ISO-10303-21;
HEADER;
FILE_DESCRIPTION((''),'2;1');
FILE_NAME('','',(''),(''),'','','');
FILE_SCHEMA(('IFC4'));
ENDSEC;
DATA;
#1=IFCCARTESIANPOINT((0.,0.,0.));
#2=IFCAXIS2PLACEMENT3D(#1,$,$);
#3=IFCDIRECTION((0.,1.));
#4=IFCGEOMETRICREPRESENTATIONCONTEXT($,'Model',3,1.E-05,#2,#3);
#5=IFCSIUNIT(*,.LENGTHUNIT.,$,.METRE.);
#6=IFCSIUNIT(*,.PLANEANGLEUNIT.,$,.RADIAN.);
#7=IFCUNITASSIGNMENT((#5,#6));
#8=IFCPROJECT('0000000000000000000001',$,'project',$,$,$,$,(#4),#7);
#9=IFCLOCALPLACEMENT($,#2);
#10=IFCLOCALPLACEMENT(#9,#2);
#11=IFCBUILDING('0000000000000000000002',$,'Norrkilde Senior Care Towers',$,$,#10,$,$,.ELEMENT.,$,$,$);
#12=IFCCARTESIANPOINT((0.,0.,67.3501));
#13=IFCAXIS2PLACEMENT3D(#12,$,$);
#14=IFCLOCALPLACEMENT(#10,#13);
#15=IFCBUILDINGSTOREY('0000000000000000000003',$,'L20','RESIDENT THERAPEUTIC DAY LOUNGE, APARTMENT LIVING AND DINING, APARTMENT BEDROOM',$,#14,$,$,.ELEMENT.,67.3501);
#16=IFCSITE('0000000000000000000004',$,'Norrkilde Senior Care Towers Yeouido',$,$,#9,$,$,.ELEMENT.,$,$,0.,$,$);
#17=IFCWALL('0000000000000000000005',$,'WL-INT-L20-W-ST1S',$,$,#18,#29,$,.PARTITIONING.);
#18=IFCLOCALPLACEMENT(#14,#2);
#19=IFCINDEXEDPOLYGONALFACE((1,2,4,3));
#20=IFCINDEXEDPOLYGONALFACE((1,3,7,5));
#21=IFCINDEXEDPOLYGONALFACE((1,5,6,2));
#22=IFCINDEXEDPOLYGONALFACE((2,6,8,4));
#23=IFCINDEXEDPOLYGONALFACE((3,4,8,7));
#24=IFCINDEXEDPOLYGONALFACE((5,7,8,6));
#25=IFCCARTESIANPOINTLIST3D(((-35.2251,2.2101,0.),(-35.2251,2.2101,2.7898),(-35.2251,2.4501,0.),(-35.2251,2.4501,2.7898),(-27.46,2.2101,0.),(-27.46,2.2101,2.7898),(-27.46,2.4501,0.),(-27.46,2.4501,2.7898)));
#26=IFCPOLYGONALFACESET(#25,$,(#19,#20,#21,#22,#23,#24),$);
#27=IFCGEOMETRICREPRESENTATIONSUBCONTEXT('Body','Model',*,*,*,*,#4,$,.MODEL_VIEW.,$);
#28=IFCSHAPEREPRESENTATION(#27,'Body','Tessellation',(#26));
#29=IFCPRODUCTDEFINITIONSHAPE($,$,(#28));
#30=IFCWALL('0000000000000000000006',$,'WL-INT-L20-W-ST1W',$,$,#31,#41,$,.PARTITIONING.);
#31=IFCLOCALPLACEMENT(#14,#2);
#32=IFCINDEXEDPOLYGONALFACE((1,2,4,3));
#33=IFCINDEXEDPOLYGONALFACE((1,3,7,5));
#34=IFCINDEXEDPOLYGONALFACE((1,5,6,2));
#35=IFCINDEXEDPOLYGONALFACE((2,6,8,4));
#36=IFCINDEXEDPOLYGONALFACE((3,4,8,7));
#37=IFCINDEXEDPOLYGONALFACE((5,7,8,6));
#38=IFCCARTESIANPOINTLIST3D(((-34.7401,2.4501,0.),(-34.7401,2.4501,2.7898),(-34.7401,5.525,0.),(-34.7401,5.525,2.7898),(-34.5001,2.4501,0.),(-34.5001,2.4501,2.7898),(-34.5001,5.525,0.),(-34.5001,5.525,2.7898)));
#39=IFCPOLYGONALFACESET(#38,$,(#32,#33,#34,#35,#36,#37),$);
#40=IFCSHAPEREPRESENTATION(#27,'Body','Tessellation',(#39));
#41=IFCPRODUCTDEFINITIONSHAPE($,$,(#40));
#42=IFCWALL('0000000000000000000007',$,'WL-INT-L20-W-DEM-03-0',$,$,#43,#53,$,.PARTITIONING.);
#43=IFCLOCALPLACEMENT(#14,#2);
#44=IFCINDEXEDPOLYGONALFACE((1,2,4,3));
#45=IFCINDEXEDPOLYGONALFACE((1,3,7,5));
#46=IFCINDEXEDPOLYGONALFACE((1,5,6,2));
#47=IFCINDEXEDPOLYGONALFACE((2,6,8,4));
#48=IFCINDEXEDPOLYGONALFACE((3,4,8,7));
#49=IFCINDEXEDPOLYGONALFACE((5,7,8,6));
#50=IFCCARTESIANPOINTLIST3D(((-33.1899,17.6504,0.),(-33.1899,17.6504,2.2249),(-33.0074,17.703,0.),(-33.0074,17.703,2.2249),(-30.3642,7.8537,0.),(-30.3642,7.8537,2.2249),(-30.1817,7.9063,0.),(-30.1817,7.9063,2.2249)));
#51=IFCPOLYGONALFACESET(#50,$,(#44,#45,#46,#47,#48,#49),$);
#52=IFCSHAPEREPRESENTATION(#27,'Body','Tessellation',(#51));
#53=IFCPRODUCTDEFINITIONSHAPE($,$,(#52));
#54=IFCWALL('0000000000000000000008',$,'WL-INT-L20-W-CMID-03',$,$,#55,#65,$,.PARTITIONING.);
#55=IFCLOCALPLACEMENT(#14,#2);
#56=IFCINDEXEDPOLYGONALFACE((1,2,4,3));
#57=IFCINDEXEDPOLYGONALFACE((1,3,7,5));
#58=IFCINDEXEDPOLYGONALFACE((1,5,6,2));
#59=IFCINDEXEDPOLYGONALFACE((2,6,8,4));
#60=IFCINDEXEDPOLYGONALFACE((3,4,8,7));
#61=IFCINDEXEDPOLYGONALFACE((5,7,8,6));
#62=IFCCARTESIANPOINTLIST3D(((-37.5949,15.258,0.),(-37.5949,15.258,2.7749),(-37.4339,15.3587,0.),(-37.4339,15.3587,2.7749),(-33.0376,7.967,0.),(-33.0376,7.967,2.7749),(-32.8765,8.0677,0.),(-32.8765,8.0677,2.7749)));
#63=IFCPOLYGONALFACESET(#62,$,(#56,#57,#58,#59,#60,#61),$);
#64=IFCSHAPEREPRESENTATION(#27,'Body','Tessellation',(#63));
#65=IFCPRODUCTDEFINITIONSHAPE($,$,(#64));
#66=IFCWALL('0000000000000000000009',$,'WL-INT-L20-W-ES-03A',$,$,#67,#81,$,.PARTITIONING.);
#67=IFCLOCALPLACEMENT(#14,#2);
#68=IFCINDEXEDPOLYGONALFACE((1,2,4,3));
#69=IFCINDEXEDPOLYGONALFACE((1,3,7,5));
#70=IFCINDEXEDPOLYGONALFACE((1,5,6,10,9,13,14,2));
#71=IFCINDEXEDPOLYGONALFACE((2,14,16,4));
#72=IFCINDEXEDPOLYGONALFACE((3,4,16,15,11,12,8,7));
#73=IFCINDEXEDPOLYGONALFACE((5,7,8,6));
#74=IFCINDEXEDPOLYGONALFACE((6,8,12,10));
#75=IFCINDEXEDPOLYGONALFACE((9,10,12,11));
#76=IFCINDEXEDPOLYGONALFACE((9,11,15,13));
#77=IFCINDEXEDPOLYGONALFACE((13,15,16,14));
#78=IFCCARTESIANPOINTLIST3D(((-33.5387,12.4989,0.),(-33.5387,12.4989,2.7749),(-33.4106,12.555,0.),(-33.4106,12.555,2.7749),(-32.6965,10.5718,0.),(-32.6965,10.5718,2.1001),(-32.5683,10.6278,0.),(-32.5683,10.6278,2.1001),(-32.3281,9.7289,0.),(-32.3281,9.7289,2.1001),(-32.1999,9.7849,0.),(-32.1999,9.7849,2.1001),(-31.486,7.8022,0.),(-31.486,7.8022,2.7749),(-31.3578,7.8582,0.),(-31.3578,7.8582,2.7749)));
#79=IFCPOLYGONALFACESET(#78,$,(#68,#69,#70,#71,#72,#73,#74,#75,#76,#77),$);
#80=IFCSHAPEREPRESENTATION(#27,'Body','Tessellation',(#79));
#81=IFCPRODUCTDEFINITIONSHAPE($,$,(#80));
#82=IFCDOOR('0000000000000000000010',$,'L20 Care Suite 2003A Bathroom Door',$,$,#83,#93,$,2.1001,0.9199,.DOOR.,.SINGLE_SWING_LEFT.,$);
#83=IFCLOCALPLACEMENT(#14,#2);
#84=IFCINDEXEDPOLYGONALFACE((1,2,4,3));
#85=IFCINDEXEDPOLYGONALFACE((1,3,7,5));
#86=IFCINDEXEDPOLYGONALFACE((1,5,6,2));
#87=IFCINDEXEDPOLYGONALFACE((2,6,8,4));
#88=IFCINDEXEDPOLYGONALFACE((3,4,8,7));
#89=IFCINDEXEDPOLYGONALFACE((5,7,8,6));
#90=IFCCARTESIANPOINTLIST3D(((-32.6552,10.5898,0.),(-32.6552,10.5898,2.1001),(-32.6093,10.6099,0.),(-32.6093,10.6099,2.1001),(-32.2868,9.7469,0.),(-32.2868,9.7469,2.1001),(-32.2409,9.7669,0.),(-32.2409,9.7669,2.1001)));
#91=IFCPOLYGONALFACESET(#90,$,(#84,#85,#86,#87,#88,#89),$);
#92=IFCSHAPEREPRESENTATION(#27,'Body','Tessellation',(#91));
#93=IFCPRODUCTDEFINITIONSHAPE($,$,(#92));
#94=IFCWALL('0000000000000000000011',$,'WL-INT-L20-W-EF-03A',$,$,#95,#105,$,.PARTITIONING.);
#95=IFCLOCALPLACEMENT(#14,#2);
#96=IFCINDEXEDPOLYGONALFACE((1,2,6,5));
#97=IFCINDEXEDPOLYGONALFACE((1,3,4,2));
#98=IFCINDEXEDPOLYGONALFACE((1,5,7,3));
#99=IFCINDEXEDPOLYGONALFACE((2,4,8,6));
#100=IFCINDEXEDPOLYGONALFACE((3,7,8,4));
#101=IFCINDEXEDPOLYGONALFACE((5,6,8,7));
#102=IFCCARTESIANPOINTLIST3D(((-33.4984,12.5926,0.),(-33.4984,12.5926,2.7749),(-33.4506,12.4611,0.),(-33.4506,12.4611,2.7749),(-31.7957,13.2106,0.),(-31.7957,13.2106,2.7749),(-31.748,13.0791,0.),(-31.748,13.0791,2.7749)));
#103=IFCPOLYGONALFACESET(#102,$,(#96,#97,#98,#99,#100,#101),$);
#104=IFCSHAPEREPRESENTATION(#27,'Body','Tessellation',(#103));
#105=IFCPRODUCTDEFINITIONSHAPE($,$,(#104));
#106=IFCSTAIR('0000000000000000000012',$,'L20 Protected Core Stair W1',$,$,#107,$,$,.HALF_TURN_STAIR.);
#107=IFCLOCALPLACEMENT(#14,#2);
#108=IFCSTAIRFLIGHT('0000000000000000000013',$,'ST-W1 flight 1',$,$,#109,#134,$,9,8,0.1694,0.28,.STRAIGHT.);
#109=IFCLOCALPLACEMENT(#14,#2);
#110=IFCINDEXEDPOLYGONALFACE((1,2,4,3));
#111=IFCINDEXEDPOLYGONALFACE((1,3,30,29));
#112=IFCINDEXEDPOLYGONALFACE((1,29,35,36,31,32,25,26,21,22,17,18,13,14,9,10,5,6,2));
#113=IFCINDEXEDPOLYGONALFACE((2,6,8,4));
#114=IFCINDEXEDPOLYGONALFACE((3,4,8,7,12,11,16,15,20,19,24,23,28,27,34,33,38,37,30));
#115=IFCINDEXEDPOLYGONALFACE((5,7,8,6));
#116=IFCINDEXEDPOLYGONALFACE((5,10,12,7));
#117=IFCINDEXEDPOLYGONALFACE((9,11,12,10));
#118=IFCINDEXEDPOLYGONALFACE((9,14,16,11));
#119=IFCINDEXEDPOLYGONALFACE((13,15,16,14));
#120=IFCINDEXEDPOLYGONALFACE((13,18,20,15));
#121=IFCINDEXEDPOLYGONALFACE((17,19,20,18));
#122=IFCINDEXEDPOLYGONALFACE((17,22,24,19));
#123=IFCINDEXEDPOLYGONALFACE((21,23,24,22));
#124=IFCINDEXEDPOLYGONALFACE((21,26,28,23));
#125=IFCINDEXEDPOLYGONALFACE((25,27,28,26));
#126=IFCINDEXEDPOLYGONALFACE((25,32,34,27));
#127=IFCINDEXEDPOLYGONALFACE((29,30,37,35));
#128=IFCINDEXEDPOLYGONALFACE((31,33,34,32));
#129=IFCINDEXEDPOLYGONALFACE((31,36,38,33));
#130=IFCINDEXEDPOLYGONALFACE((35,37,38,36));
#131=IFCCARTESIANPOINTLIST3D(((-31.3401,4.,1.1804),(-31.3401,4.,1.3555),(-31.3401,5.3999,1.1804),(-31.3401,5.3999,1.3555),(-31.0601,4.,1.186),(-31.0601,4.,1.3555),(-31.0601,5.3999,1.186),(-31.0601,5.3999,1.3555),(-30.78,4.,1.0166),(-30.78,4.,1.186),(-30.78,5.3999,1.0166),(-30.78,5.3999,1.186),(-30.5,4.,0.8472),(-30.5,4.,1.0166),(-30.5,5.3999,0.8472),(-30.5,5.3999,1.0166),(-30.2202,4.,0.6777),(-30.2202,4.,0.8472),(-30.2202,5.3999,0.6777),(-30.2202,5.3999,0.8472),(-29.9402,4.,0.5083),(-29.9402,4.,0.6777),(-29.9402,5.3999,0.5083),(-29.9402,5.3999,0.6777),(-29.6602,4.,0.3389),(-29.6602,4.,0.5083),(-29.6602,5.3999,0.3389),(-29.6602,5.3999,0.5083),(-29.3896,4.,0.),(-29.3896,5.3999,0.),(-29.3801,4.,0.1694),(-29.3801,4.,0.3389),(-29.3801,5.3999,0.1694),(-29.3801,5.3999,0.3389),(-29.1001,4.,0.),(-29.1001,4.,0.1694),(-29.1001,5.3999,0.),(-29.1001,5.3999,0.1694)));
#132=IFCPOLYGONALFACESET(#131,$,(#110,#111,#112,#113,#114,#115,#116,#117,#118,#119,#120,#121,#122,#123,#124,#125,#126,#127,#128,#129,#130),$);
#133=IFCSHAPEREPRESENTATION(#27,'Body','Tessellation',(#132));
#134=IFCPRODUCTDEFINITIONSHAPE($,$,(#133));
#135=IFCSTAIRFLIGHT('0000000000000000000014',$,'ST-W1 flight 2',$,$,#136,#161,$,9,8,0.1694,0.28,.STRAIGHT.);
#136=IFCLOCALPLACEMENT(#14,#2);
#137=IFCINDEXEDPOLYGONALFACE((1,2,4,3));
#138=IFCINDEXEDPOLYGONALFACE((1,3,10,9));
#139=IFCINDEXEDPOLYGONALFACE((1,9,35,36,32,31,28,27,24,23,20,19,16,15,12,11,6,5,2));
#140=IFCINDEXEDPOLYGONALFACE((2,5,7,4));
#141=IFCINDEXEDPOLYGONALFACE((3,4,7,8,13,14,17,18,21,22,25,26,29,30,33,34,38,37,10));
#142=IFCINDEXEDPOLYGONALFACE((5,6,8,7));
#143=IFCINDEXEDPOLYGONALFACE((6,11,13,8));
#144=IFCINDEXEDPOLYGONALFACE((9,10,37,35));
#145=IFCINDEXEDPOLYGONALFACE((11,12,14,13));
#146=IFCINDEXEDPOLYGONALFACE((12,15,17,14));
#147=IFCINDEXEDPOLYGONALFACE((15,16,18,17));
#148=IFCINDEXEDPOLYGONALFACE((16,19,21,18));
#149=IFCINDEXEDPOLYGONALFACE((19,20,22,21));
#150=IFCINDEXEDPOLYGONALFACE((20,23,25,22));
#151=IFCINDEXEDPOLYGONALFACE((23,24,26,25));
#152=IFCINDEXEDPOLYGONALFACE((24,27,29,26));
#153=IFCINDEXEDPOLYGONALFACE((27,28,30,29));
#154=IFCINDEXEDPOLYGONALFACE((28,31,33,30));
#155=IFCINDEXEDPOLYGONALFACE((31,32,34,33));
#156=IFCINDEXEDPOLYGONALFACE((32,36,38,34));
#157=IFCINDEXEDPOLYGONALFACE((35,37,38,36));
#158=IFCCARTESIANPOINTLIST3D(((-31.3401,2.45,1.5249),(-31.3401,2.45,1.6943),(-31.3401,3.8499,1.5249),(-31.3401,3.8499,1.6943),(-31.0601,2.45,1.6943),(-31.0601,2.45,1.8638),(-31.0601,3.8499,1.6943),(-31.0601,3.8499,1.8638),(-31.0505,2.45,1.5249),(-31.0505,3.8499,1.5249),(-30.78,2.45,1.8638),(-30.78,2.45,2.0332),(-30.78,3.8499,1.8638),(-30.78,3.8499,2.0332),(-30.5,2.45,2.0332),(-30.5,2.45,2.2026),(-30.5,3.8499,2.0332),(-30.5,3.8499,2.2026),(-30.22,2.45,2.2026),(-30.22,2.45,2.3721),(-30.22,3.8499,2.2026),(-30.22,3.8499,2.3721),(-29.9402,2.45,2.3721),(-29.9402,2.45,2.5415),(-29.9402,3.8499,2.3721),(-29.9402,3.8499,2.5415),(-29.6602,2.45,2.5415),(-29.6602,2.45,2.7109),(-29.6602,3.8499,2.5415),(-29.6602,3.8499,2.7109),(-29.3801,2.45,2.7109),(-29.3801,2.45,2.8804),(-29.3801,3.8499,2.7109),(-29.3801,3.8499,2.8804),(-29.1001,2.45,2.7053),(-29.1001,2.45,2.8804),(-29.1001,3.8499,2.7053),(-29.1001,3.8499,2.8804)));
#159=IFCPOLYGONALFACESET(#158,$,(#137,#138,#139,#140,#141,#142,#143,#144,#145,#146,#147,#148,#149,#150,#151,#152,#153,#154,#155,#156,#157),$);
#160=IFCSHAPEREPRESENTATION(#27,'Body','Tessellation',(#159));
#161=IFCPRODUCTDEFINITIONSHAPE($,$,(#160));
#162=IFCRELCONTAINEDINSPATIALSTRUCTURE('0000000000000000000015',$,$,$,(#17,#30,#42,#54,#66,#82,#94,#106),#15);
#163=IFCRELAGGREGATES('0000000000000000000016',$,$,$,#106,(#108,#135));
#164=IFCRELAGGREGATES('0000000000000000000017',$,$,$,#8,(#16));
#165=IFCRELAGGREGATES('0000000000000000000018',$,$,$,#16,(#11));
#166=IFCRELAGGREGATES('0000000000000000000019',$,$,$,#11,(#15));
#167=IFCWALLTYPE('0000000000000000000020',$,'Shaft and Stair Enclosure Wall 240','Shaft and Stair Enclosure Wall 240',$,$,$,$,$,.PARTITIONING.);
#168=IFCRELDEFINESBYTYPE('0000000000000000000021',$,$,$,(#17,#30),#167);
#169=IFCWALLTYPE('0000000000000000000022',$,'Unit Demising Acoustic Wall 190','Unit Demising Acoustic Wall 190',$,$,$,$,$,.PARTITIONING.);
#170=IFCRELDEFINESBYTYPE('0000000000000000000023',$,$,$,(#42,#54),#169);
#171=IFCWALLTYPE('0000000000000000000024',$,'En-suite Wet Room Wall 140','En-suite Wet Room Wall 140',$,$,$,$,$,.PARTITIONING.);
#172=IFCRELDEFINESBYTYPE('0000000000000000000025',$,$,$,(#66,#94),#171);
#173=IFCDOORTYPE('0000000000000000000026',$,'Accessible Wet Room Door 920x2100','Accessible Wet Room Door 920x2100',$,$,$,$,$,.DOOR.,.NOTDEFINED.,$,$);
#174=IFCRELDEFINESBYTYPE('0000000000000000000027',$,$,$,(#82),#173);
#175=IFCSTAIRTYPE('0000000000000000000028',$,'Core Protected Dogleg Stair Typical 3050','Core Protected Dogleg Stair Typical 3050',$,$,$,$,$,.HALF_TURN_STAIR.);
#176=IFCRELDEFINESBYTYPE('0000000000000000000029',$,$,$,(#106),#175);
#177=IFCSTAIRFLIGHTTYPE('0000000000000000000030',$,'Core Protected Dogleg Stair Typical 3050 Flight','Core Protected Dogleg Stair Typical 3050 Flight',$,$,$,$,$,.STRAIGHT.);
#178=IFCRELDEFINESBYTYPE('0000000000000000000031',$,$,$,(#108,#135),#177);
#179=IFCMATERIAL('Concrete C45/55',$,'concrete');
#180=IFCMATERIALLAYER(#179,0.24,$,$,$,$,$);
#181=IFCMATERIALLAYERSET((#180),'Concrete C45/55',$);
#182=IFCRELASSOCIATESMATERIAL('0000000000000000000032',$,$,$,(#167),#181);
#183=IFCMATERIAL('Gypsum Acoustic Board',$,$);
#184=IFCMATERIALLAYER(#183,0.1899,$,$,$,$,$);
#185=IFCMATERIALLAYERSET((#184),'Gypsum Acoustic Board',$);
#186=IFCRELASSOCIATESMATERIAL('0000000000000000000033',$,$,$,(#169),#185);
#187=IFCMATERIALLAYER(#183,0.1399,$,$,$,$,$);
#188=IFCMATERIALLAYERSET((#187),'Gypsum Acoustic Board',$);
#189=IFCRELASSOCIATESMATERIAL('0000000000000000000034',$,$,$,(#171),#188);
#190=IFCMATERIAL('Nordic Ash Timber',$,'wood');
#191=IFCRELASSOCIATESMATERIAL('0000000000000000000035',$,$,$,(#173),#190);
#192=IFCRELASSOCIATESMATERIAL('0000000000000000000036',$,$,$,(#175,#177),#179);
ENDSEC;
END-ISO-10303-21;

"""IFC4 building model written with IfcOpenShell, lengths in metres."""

from ifc_helpers import new_model, si_unit, direction, frame, frame_2d, origin, place, context, subcontext, project, spatial, polyline, rectangle, outline, extrude, source, transform, mapped, material, layer, layer_set, type_object, type_shapes, element, fill, aggregate, save


model = new_model("IFC4")

# Units and contexts
model_context = context("Model", 3, precision=1e-05, world=origin(), true_north=direction((0.0, 1.0)))
body_context = subcontext(model_context, "Body", "Model", "MODEL_VIEW")
ifc_project = project(units=[si_unit("LENGTHUNIT", "METRE"), si_unit("PLANEANGLEUNIT", "RADIAN")], contexts=[model_context])

# Site, building, storey
site_placement = place(None, origin())
site = spatial("IfcSite", under=ifc_project, at=site_placement, Name="Norrkilde Senior Care Towers Yeouido", CompositionType="ELEMENT", RefElevation=0.0)
building_placement = place(site_placement, origin())
building = spatial("IfcBuilding", under=site, at=building_placement, Name="Norrkilde Senior Care Towers", CompositionType="ELEMENT")
storey_placement = place(building_placement, frame((0.0, 0.0, 67.3501)))
storey = spatial("IfcBuildingStorey", under=building, at=storey_placement, Name="L20", Description="RESIDENT THERAPEUTIC DAY LOUNGE, APARTMENT LIVING AND DINING, APARTMENT BEDROOM", CompositionType="ELEMENT", Elevation=67.3501)

# Walls
ifc_material_1 = material(Name="Concrete C45/55", Category="concrete")
ifc_layer_1 = layer(ifc_material_1, 0.24)
ifc_layer_set_1 = layer_set([ifc_layer_1], Name="Concrete C45/55")
wall_type_1 = type_object("IfcWallType", Name="Shaft and Stair Enclosure Wall 240", Description="Shaft and Stair Enclosure Wall 240", PredefinedType="PARTITIONING", material=ifc_layer_set_1)
shared_shape_1 = source(origin(), body_context, "Body", "SweptSolid", [
    extrude(rectangle(XDim=7.7651, YDim=0.24, at=frame_2d((3.8826, 0.0))), origin(), (0.0, 0.0, 1.0), 2.7898),
])
wall_1_placement = place(storey_placement, frame((-35.2251, 2.3301, 0.0), z_axis=(0.0, 0.0, 1.0), x_axis=(1.0, 0.0, 0.0)))
element("IfcWall", 1, at=wall_1_placement, inside=storey, type_object=wall_type_1, Name="WL-INT-L20-W-ST1S", PredefinedType="PARTITIONING", context=body_context, shape_type="MappedRepresentation", body=[
    mapped(shared_shape_1, transform((0.0, 0.0, 0.0), x_axis=(1.0, 0.0, 0.0), y_axis=(0.0, 1.0, 0.0), z_axis=(0.0, 0.0, 1.0), scale=1.0)),
])
shared_shape_2 = source(origin(), body_context, "Body", "SweptSolid", [
    extrude(rectangle(XDim=3.075, YDim=0.24, at=frame_2d((1.5376, 0.0))), origin(), (0.0, 0.0, 1.0), 2.7898),
])
type_shapes(wall_type_1, [shared_shape_1, shared_shape_2])
wall_2_placement = place(storey_placement, frame((-34.6201, 2.45, 0.0), z_axis=(0.0, 0.0, 1.0), x_axis=(0.0, 1.0, 0.0)))
element("IfcWall", 2, at=wall_2_placement, inside=storey, type_object=wall_type_1, Name="WL-INT-L20-W-ST1W", PredefinedType="PARTITIONING", context=body_context, shape_type="MappedRepresentation", body=[
    mapped(shared_shape_2, transform((0.0, 0.0, 0.0), x_axis=(1.0, 0.0, 0.0), y_axis=(0.0, 1.0, 0.0), z_axis=(0.0, 0.0, 1.0), scale=1.0)),
])
ifc_material_2 = material(Name="Gypsum Acoustic Board")
ifc_layer_2 = layer(ifc_material_2, 0.1899)
ifc_layer_set_2 = layer_set([ifc_layer_2], Name="Gypsum Acoustic Board")
wall_type_2 = type_object("IfcWallType", Name="Unit Demising Acoustic Wall 190", Description="Unit Demising Acoustic Wall 190", PredefinedType="PARTITIONING", material=ifc_layer_set_2)
shared_shape_3 = source(origin(), body_context, "Body", "SweptSolid", [
    extrude(rectangle(XDim=10.196, YDim=0.1899, at=frame_2d((5.0981, 0.0))), origin(), (0.0, 0.0, 1.0), 2.2249),
])
wall_3_placement = place(storey_placement, frame((-30.2729, 7.8799, 0.0), z_axis=(0.0, 0.0, 1.0), x_axis=(-0.277136, 0.960831, 0.0)))
element("IfcWall", 3, at=wall_3_placement, inside=storey, type_object=wall_type_2, Name="WL-INT-L20-W-DEM-03-0", PredefinedType="PARTITIONING", context=body_context, shape_type="MappedRepresentation", body=[
    mapped(shared_shape_3, transform((0.0, 0.0, 0.0), x_axis=(1.0, 0.0, 0.0), y_axis=(0.0, 1.0, 0.0), z_axis=(0.0, 0.0, 1.0), scale=1.0)),
])
shared_shape_4 = source(origin(), body_context, "Body", "SweptSolid", [
    extrude(rectangle(XDim=8.5981, YDim=0.1899, at=frame_2d((4.2991, 0.0))), origin(), (0.0, 0.0, 1.0), 2.7749),
])
type_shapes(wall_type_2, [shared_shape_3, shared_shape_4])
wall_4_placement = place(storey_placement, frame((-32.957, 8.0173, 0.0), z_axis=(0.0, 0.0, 1.0), x_axis=(-0.53004, 0.847973, 0.0)))
element("IfcWall", 4, at=wall_4_placement, inside=storey, type_object=wall_type_2, Name="WL-INT-L20-W-CMID-03", PredefinedType="PARTITIONING", context=body_context, shape_type="MappedRepresentation", body=[
    mapped(shared_shape_4, transform((0.0, 0.0, 0.0), x_axis=(1.0, 0.0, 0.0), y_axis=(0.0, 1.0, 0.0), z_axis=(0.0, 0.0, 1.0), scale=1.0)),
])

# Wall, opening, door
ifc_layer_3 = layer(ifc_material_2, 0.1399)
ifc_layer_set_3 = layer_set([ifc_layer_3], Name="Gypsum Acoustic Board")
wall_type_3 = type_object("IfcWallType", Name="En-suite Wet Room Wall 140", Description="En-suite Wet Room Wall 140", PredefinedType="PARTITIONING", material=ifc_layer_set_3)
shared_shape_5 = source(origin(), body_context, "Body", "SweptSolid", [
    extrude(rectangle(XDim=5.1257, YDim=0.1399, at=frame_2d((2.563, 0.0))), origin(), (0.0, 0.0, 1.0), 2.7749),
])
wall_5_placement = place(storey_placement, frame((-31.4219, 7.8301, 0.0), z_axis=(0.0, 0.0, 1.0), x_axis=(-0.400474, 0.916308, 0.0)))
wall_5 = element("IfcWall", 5, at=wall_5_placement, inside=storey, type_object=wall_type_3, Name="WL-INT-L20-W-ES-03A", PredefinedType="PARTITIONING", context=body_context, shape_type="MappedRepresentation", body=[
    mapped(shared_shape_5, transform((0.0, 0.0, 0.0), x_axis=(1.0, 0.0, 0.0), y_axis=(0.0, 1.0, 0.0), z_axis=(0.0, 0.0, 1.0), scale=1.0)),
])
opening_placement = place(wall_5_placement, frame((2.1028, 0.0, 0.0)))
opening = element("IfcOpeningElement", 6, at=opening_placement, cuts=wall_5, PredefinedType="OPENING", context=body_context, shape_type="SweptSolid", body=[
    extrude(rectangle(XDim=0.9199, YDim=2.1001, at=frame_2d((0.46, 1.05))), frame((0.0, 0.0798, 0.0), z_axis=(0.0, -1.0, 0.0), x_axis=(1.0, 0.0, 0.0)), (0.0, 0.0, 1.0), 0.1599),
])
ifc_material_3 = material(Name="Nordic Ash Timber", Category="wood")
door_type = type_object("IfcDoorType", Name="Accessible Wet Room Door 920x2100", Description="Accessible Wet Room Door 920x2100", OperationType="NOTDEFINED", PredefinedType="DOOR", material=ifc_material_3)
shared_shape_6 = source(origin(), body_context, "Body", "SweptSolid", [
    extrude(rectangle(XDim=0.9199, YDim=2.1001, at=frame_2d((0.46, 1.05))), frame((0.0, 0.0249, 0.0), z_axis=(0.0, -1.0, 0.0), x_axis=(1.0, 0.0, 0.0)), (0.0, 0.0, 1.0), 0.05),
])
type_shapes(door_type, [shared_shape_6])
door_placement = place(opening_placement, origin())
door = element("IfcDoor", 7, at=door_placement, inside=storey, type_object=door_type, Name="L20 Care Suite 2003A Bathroom Door", OperationType="SINGLE_SWING_LEFT", OverallHeight=2.1001, OverallWidth=0.9199, PredefinedType="DOOR", context=body_context, shape_type="MappedRepresentation", body=[
    mapped(shared_shape_6, transform((0.0, 0.0, 0.0), x_axis=(1.0, 0.0, 0.0), y_axis=(0.0, 1.0, 0.0), z_axis=(0.0, 0.0, 1.0), scale=1.0)),
])
fill(opening, door)

# Wall
shared_shape_7 = source(origin(), body_context, "Body", "SweptSolid", [
    extrude(rectangle(XDim=1.8113, YDim=0.1399, at=frame_2d((0.9058, 0.0))), origin(), (0.0, 0.0, 1.0), 2.7749),
])
type_shapes(wall_type_3, [shared_shape_5, shared_shape_7])
wall_6_placement = place(storey_placement, frame((-33.4746, 12.5269, 0.0), z_axis=(0.0, 0.0, 1.0), x_axis=(0.94001, 0.341148, 0.0)))
element("IfcWall", 8, at=wall_6_placement, inside=storey, type_object=wall_type_3, Name="WL-INT-L20-W-EF-03A", PredefinedType="PARTITIONING", context=body_context, shape_type="MappedRepresentation", body=[
    mapped(shared_shape_7, transform((0.0, 0.0, 0.0), x_axis=(1.0, 0.0, 0.0), y_axis=(0.0, 1.0, 0.0), z_axis=(0.0, 0.0, 1.0), scale=1.0)),
])

# Stair, stair flights
stair_type = type_object("IfcStairType", Name="Core Protected Dogleg Stair Typical 3050", Description="Core Protected Dogleg Stair Typical 3050", PredefinedType="HALF_TURN_STAIR", material=ifc_material_1)
stair_placement = place(storey_placement, origin())
stair = element("IfcStair", 9, at=stair_placement, inside=storey, type_object=stair_type, Name="L20 Protected Core Stair W1", PredefinedType="HALF_TURN_STAIR")
stair_flight_type = type_object("IfcStairFlightType", Name="Core Protected Dogleg Stair Typical 3050 Flight", Description="Core Protected Dogleg Stair Typical 3050 Flight", PredefinedType="STRAIGHT", material=ifc_material_1)
stair_flight_1_placement = place(storey_placement, frame((-29.1001, 4.7, 0.0), z_axis=(0.0, 0.0, 1.0), x_axis=(-1.0, 0.0, 0.0)))
stair_flight_1 = element("IfcStairFlight", 10, at=stair_flight_1_placement, type_object=stair_flight_type, Name="ST-W1 flight 1", NumberOfRisers=9, NumberOfTreads=8, PredefinedType="STRAIGHT", RiserHeight=0.1694, TreadLength=0.28, context=body_context, shape_type="SweptSolid", body=[
    extrude(outline(polyline([(0.0, 0.0), (0.0, 0.1694), (0.28, 0.1694), (0.28, 0.3389), (0.5601, 0.3389), (0.5601, 0.5083), (0.8401, 0.5083), (0.8401, 0.6777), (1.1201, 0.6777), (1.1201, 0.8472), (1.3999, 0.8472), (1.3999, 1.0166), (1.6799, 1.0166), (1.6799, 1.186), (1.96, 1.186), (1.96, 1.3555), (2.24, 1.3555), (2.24, 1.5249), (2.24, 1.1804), (0.2896, 0.0), (0.0, 0.0)])), frame((0.0, 0.7, 0.0), z_axis=(0.0, -1.0, 0.0), x_axis=(1.0, 0.0, 0.0)), (0.0, 0.0, 1.0), 1.3999),
])
stair_flight_2_placement = place(storey_placement, frame((-31.3401, 3.1499, 1.5249), z_axis=(0.0, 0.0, 1.0), x_axis=(1.0, 0.0, 0.0)))
stair_flight_2 = element("IfcStairFlight", 11, at=stair_flight_2_placement, type_object=stair_flight_type, Name="ST-W1 flight 2", NumberOfRisers=9, NumberOfTreads=8, PredefinedType="STRAIGHT", RiserHeight=0.1694, TreadLength=0.28, context=body_context, shape_type="SweptSolid", body=[
    extrude(outline(polyline([(0.0, 0.0), (0.0, 0.1694), (0.28, 0.1694), (0.28, 0.3389), (0.5601, 0.3389), (0.5601, 0.5083), (0.8401, 0.5083), (0.8401, 0.6777), (1.1201, 0.6777), (1.1201, 0.8472), (1.3999, 0.8472), (1.3999, 1.0166), (1.6799, 1.0166), (1.6799, 1.186), (1.96, 1.186), (1.96, 1.3555), (2.24, 1.3555), (2.24, 1.5249), (2.24, 1.1804), (0.2896, 0.0), (0.0, 0.0)])), frame((0.0, 0.7, 0.0), z_axis=(0.0, -1.0, 0.0), x_axis=(1.0, 0.0, 0.0)), (0.0, 0.0, 1.0), 1.3999),
])
aggregate(stair, [stair_flight_1, stair_flight_2])

save(model, "model.ifc")
